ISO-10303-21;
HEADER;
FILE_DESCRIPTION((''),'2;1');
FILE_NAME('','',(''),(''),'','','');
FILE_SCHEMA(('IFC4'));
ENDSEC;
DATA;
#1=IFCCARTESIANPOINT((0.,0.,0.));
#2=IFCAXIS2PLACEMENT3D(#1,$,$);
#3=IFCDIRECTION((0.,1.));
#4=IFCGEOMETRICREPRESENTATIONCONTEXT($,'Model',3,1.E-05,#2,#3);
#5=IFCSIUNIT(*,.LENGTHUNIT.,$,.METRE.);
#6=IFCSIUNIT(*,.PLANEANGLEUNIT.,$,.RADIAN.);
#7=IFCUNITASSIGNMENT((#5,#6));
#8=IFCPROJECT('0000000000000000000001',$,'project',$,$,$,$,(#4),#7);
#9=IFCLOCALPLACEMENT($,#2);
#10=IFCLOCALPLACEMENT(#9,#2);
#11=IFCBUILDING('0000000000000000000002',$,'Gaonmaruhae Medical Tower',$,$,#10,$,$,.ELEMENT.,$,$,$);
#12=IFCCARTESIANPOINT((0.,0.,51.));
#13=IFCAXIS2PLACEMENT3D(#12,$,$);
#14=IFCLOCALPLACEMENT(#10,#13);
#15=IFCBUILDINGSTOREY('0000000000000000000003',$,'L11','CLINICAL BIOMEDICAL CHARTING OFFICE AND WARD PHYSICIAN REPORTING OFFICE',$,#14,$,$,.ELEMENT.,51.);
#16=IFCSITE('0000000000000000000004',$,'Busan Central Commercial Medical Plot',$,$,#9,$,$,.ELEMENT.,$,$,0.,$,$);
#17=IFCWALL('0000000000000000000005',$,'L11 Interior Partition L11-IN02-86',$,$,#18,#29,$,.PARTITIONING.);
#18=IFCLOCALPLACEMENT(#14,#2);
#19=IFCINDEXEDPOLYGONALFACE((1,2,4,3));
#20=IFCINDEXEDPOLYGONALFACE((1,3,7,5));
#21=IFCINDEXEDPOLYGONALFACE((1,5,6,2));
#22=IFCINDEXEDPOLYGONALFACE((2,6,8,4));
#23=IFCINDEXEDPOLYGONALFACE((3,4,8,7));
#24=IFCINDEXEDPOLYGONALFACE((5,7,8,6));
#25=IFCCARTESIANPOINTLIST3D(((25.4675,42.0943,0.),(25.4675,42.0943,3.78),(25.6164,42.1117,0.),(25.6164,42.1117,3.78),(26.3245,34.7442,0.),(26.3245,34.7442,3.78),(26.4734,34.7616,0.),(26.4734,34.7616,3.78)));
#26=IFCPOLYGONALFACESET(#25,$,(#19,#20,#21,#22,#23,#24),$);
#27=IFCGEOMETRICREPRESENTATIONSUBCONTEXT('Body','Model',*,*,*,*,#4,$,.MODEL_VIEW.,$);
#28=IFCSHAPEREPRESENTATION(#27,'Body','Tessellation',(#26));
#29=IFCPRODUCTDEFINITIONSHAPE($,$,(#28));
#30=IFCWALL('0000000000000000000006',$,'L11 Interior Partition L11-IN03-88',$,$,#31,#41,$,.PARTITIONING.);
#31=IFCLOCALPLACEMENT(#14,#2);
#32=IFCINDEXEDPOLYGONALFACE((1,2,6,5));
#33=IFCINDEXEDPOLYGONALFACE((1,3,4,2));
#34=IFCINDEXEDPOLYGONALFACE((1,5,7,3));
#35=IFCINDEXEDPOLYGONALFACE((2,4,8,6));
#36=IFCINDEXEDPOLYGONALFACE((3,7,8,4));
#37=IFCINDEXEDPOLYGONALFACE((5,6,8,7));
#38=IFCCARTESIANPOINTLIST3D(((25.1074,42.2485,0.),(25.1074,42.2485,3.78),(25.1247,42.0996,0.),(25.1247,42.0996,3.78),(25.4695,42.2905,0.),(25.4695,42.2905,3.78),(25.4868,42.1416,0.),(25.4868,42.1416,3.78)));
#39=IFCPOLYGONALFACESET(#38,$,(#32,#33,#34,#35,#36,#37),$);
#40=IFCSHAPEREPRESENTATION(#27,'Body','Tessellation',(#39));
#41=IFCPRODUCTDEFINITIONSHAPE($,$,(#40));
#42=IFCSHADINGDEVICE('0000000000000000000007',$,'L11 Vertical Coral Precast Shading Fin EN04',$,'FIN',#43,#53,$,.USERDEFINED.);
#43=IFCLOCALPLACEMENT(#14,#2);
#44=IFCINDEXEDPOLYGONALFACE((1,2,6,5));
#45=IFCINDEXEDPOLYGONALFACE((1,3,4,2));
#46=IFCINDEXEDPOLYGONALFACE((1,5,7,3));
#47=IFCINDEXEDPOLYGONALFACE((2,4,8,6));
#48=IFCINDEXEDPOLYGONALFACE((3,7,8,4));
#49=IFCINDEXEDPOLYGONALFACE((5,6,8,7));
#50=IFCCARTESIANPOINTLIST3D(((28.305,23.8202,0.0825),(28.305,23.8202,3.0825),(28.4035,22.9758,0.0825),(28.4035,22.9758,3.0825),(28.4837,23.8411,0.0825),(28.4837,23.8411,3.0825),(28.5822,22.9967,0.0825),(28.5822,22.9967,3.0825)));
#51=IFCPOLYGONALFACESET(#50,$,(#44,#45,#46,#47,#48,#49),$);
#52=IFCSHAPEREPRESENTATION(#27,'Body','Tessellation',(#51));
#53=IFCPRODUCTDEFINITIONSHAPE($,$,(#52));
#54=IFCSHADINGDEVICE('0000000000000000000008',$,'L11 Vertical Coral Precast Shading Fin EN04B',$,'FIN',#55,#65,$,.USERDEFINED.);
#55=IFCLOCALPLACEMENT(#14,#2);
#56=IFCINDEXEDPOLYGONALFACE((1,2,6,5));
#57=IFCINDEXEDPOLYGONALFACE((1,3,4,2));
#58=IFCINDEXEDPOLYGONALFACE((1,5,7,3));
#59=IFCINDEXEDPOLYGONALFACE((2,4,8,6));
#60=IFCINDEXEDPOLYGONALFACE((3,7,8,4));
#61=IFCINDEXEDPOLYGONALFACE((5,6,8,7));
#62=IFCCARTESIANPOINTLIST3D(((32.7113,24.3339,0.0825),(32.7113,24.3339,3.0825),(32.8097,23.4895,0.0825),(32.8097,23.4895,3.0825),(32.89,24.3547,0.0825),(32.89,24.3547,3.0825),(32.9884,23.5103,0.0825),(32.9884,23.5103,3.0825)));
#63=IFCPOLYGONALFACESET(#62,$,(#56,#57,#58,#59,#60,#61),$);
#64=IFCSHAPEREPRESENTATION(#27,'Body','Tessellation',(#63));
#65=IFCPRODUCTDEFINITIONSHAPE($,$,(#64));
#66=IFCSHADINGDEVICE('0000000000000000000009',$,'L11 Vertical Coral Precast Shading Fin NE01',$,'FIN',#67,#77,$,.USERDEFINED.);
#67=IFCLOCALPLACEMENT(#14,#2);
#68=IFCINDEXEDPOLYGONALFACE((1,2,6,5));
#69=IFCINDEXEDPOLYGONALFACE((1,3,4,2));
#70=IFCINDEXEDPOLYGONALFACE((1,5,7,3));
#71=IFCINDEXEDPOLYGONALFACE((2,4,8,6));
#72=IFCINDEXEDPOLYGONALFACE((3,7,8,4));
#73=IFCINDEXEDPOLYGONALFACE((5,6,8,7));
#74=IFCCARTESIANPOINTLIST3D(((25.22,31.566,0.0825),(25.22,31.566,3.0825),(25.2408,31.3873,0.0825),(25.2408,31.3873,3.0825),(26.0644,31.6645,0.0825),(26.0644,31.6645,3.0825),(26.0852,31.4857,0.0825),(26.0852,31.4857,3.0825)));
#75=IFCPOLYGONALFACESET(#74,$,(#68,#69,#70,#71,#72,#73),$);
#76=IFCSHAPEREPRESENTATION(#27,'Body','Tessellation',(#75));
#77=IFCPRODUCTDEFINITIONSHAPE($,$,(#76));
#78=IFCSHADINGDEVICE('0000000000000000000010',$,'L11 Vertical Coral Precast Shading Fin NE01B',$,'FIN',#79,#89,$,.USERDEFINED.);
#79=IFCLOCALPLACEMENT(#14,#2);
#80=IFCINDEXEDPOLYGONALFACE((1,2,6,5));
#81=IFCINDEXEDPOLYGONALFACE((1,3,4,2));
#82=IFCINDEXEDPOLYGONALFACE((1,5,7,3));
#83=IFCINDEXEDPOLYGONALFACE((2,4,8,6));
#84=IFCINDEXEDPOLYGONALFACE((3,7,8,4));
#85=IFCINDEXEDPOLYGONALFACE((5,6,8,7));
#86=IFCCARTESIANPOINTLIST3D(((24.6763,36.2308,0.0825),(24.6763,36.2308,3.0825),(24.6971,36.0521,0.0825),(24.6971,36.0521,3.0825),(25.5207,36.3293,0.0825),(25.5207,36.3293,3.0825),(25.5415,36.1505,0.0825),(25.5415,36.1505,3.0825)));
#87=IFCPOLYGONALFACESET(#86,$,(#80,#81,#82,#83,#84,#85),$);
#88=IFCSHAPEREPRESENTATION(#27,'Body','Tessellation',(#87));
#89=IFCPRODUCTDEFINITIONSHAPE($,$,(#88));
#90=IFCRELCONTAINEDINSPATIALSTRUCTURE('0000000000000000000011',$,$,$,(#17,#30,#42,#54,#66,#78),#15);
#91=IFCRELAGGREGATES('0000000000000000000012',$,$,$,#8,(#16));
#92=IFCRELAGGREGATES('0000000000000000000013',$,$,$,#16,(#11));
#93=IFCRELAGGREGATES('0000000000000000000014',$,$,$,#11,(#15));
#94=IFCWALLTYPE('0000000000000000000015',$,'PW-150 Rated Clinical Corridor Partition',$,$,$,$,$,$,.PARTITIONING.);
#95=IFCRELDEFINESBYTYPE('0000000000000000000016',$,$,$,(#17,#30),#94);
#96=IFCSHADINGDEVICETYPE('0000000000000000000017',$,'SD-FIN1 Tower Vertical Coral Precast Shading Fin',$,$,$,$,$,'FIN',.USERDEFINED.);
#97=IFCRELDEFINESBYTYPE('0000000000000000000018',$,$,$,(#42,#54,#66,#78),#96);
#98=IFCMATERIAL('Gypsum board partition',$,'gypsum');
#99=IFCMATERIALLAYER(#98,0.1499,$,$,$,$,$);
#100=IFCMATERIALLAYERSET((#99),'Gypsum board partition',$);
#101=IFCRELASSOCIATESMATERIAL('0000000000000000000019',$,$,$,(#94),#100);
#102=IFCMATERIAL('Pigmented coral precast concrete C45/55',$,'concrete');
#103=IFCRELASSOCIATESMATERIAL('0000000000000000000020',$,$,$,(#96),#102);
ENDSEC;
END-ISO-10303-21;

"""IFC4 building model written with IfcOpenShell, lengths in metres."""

from ifc_helpers import new_model, si_unit, direction, frame, frame_2d, origin, origin_2d, place, context, subcontext, project, spatial, rectangle, extrude, material, layer, layer_set, type_object, element, save


model = new_model("IFC4")

# Units and contexts
model_context = context("Model", 3, precision=1e-05, world=origin(), true_north=direction((0.0, 1.0)))
body_context = subcontext(model_context, "Body", "Model", "MODEL_VIEW")
ifc_project = project(units=[si_unit("LENGTHUNIT", "METRE"), si_unit("PLANEANGLEUNIT", "RADIAN")], contexts=[model_context])

# Site, building, storey
site_placement = place(None, origin())
site = spatial("IfcSite", under=ifc_project, at=site_placement, Name="Busan Central Commercial Medical Plot", CompositionType="ELEMENT", RefElevation=0.0)
building_placement = place(site_placement, origin())
building = spatial("IfcBuilding", under=site, at=building_placement, Name="Gaonmaruhae Medical Tower", CompositionType="ELEMENT")
storey_placement = place(building_placement, frame((0.0, 0.0, 51.0)))
storey = spatial("IfcBuildingStorey", under=building, at=storey_placement, Name="L11", Description="CLINICAL BIOMEDICAL CHARTING OFFICE AND WARD PHYSICIAN REPORTING OFFICE", CompositionType="ELEMENT", Elevation=51.0)

# Walls
ifc_material_1 = material(Name="Gypsum board partition", Category="gypsum")
ifc_layer_1 = layer(ifc_material_1, 0.1499)
ifc_layer_set_1 = layer_set([ifc_layer_1], Name="Gypsum board partition")
wall_type_1 = type_object("IfcWallType", Name="PW-150 Rated Clinical Corridor Partition", PredefinedType="PARTITIONING", material=ifc_layer_set_1)
wall_1_placement = place(storey_placement, frame((25.542, 42.103, 0.0), z_axis=(0.0, 0.0, 1.0), x_axis=(0.115804, -0.993272, 0.0)))
element("IfcWall", 1, at=wall_1_placement, inside=storey, type_object=wall_type_1, Name="L11 Interior Partition L11-IN02-86", PredefinedType="PARTITIONING", context=body_context, shape_type="SweptSolid", body=[
    extrude(rectangle(XDim=7.3999, YDim=0.1499, at=frame_2d((3.7, 0.0))), origin(), (0.0, 0.0, 1.0), 3.78),
])
wall_2_placement = place(storey_placement, frame((25.478, 42.2161, 0.0), z_axis=(0.0, 0.0, 1.0), x_axis=(-0.993341, -0.115209, 0.0)))
element("IfcWall", 2, at=wall_2_placement, inside=storey, type_object=wall_type_1, Name="L11 Interior Partition L11-IN03-88", PredefinedType="PARTITIONING", context=body_context, shape_type="SweptSolid", body=[
    extrude(rectangle(XDim=0.3645, YDim=0.1499, at=frame_2d((0.1821, 0.0))), origin(), (0.0, 0.0, 1.0), 3.78),
])

# Shading devices
ifc_material_2 = material(Name="Pigmented coral precast concrete C45/55", Category="concrete")
shading_device_type = type_object("IfcShadingDeviceType", Name="SD-FIN1 Tower Vertical Coral Precast Shading Fin", ElementType="FIN", PredefinedType="USERDEFINED", material=ifc_material_2)
for number, where, z_axis, x_axis, name in (
    (3, (28.4436, 23.4084, 0.0825), (0.0, 0.0, 1.0), (0.993272, 0.115804, 0.0), "L11 Vertical Coral Precast Shading Fin EN04"),
    (4, (32.8499, 23.9221, 0.0825), (0.0, 0.0, 1.0), (0.993272, 0.115804, 0.0), "L11 Vertical Coral Precast Shading Fin EN04B"),
    (5, (25.6526, 31.5259, 0.0825), (0.0, 0.0, 1.0), (-0.115804, 0.993272, 0.0), "L11 Vertical Coral Precast Shading Fin NE01"),
    (6, (25.1089, 36.1907, 0.0825), (0.0, 0.0, 1.0), (-0.115804, 0.993272, 0.0), "L11 Vertical Coral Precast Shading Fin NE01B"),
):
    element("IfcShadingDevice", number, at=place(storey_placement, frame(where, z_axis=z_axis, x_axis=x_axis)), inside=storey, type_object=shading_device_type, Name=name, ObjectType="FIN", PredefinedType="USERDEFINED", context=body_context, shape_type="SweptSolid", body=[
        extrude(rectangle(XDim=0.1799, YDim=0.8501, at=origin_2d()), origin(), (0.0, 0.0, 1.0), 3.0),
    ])

save(model, "model.ifc")
